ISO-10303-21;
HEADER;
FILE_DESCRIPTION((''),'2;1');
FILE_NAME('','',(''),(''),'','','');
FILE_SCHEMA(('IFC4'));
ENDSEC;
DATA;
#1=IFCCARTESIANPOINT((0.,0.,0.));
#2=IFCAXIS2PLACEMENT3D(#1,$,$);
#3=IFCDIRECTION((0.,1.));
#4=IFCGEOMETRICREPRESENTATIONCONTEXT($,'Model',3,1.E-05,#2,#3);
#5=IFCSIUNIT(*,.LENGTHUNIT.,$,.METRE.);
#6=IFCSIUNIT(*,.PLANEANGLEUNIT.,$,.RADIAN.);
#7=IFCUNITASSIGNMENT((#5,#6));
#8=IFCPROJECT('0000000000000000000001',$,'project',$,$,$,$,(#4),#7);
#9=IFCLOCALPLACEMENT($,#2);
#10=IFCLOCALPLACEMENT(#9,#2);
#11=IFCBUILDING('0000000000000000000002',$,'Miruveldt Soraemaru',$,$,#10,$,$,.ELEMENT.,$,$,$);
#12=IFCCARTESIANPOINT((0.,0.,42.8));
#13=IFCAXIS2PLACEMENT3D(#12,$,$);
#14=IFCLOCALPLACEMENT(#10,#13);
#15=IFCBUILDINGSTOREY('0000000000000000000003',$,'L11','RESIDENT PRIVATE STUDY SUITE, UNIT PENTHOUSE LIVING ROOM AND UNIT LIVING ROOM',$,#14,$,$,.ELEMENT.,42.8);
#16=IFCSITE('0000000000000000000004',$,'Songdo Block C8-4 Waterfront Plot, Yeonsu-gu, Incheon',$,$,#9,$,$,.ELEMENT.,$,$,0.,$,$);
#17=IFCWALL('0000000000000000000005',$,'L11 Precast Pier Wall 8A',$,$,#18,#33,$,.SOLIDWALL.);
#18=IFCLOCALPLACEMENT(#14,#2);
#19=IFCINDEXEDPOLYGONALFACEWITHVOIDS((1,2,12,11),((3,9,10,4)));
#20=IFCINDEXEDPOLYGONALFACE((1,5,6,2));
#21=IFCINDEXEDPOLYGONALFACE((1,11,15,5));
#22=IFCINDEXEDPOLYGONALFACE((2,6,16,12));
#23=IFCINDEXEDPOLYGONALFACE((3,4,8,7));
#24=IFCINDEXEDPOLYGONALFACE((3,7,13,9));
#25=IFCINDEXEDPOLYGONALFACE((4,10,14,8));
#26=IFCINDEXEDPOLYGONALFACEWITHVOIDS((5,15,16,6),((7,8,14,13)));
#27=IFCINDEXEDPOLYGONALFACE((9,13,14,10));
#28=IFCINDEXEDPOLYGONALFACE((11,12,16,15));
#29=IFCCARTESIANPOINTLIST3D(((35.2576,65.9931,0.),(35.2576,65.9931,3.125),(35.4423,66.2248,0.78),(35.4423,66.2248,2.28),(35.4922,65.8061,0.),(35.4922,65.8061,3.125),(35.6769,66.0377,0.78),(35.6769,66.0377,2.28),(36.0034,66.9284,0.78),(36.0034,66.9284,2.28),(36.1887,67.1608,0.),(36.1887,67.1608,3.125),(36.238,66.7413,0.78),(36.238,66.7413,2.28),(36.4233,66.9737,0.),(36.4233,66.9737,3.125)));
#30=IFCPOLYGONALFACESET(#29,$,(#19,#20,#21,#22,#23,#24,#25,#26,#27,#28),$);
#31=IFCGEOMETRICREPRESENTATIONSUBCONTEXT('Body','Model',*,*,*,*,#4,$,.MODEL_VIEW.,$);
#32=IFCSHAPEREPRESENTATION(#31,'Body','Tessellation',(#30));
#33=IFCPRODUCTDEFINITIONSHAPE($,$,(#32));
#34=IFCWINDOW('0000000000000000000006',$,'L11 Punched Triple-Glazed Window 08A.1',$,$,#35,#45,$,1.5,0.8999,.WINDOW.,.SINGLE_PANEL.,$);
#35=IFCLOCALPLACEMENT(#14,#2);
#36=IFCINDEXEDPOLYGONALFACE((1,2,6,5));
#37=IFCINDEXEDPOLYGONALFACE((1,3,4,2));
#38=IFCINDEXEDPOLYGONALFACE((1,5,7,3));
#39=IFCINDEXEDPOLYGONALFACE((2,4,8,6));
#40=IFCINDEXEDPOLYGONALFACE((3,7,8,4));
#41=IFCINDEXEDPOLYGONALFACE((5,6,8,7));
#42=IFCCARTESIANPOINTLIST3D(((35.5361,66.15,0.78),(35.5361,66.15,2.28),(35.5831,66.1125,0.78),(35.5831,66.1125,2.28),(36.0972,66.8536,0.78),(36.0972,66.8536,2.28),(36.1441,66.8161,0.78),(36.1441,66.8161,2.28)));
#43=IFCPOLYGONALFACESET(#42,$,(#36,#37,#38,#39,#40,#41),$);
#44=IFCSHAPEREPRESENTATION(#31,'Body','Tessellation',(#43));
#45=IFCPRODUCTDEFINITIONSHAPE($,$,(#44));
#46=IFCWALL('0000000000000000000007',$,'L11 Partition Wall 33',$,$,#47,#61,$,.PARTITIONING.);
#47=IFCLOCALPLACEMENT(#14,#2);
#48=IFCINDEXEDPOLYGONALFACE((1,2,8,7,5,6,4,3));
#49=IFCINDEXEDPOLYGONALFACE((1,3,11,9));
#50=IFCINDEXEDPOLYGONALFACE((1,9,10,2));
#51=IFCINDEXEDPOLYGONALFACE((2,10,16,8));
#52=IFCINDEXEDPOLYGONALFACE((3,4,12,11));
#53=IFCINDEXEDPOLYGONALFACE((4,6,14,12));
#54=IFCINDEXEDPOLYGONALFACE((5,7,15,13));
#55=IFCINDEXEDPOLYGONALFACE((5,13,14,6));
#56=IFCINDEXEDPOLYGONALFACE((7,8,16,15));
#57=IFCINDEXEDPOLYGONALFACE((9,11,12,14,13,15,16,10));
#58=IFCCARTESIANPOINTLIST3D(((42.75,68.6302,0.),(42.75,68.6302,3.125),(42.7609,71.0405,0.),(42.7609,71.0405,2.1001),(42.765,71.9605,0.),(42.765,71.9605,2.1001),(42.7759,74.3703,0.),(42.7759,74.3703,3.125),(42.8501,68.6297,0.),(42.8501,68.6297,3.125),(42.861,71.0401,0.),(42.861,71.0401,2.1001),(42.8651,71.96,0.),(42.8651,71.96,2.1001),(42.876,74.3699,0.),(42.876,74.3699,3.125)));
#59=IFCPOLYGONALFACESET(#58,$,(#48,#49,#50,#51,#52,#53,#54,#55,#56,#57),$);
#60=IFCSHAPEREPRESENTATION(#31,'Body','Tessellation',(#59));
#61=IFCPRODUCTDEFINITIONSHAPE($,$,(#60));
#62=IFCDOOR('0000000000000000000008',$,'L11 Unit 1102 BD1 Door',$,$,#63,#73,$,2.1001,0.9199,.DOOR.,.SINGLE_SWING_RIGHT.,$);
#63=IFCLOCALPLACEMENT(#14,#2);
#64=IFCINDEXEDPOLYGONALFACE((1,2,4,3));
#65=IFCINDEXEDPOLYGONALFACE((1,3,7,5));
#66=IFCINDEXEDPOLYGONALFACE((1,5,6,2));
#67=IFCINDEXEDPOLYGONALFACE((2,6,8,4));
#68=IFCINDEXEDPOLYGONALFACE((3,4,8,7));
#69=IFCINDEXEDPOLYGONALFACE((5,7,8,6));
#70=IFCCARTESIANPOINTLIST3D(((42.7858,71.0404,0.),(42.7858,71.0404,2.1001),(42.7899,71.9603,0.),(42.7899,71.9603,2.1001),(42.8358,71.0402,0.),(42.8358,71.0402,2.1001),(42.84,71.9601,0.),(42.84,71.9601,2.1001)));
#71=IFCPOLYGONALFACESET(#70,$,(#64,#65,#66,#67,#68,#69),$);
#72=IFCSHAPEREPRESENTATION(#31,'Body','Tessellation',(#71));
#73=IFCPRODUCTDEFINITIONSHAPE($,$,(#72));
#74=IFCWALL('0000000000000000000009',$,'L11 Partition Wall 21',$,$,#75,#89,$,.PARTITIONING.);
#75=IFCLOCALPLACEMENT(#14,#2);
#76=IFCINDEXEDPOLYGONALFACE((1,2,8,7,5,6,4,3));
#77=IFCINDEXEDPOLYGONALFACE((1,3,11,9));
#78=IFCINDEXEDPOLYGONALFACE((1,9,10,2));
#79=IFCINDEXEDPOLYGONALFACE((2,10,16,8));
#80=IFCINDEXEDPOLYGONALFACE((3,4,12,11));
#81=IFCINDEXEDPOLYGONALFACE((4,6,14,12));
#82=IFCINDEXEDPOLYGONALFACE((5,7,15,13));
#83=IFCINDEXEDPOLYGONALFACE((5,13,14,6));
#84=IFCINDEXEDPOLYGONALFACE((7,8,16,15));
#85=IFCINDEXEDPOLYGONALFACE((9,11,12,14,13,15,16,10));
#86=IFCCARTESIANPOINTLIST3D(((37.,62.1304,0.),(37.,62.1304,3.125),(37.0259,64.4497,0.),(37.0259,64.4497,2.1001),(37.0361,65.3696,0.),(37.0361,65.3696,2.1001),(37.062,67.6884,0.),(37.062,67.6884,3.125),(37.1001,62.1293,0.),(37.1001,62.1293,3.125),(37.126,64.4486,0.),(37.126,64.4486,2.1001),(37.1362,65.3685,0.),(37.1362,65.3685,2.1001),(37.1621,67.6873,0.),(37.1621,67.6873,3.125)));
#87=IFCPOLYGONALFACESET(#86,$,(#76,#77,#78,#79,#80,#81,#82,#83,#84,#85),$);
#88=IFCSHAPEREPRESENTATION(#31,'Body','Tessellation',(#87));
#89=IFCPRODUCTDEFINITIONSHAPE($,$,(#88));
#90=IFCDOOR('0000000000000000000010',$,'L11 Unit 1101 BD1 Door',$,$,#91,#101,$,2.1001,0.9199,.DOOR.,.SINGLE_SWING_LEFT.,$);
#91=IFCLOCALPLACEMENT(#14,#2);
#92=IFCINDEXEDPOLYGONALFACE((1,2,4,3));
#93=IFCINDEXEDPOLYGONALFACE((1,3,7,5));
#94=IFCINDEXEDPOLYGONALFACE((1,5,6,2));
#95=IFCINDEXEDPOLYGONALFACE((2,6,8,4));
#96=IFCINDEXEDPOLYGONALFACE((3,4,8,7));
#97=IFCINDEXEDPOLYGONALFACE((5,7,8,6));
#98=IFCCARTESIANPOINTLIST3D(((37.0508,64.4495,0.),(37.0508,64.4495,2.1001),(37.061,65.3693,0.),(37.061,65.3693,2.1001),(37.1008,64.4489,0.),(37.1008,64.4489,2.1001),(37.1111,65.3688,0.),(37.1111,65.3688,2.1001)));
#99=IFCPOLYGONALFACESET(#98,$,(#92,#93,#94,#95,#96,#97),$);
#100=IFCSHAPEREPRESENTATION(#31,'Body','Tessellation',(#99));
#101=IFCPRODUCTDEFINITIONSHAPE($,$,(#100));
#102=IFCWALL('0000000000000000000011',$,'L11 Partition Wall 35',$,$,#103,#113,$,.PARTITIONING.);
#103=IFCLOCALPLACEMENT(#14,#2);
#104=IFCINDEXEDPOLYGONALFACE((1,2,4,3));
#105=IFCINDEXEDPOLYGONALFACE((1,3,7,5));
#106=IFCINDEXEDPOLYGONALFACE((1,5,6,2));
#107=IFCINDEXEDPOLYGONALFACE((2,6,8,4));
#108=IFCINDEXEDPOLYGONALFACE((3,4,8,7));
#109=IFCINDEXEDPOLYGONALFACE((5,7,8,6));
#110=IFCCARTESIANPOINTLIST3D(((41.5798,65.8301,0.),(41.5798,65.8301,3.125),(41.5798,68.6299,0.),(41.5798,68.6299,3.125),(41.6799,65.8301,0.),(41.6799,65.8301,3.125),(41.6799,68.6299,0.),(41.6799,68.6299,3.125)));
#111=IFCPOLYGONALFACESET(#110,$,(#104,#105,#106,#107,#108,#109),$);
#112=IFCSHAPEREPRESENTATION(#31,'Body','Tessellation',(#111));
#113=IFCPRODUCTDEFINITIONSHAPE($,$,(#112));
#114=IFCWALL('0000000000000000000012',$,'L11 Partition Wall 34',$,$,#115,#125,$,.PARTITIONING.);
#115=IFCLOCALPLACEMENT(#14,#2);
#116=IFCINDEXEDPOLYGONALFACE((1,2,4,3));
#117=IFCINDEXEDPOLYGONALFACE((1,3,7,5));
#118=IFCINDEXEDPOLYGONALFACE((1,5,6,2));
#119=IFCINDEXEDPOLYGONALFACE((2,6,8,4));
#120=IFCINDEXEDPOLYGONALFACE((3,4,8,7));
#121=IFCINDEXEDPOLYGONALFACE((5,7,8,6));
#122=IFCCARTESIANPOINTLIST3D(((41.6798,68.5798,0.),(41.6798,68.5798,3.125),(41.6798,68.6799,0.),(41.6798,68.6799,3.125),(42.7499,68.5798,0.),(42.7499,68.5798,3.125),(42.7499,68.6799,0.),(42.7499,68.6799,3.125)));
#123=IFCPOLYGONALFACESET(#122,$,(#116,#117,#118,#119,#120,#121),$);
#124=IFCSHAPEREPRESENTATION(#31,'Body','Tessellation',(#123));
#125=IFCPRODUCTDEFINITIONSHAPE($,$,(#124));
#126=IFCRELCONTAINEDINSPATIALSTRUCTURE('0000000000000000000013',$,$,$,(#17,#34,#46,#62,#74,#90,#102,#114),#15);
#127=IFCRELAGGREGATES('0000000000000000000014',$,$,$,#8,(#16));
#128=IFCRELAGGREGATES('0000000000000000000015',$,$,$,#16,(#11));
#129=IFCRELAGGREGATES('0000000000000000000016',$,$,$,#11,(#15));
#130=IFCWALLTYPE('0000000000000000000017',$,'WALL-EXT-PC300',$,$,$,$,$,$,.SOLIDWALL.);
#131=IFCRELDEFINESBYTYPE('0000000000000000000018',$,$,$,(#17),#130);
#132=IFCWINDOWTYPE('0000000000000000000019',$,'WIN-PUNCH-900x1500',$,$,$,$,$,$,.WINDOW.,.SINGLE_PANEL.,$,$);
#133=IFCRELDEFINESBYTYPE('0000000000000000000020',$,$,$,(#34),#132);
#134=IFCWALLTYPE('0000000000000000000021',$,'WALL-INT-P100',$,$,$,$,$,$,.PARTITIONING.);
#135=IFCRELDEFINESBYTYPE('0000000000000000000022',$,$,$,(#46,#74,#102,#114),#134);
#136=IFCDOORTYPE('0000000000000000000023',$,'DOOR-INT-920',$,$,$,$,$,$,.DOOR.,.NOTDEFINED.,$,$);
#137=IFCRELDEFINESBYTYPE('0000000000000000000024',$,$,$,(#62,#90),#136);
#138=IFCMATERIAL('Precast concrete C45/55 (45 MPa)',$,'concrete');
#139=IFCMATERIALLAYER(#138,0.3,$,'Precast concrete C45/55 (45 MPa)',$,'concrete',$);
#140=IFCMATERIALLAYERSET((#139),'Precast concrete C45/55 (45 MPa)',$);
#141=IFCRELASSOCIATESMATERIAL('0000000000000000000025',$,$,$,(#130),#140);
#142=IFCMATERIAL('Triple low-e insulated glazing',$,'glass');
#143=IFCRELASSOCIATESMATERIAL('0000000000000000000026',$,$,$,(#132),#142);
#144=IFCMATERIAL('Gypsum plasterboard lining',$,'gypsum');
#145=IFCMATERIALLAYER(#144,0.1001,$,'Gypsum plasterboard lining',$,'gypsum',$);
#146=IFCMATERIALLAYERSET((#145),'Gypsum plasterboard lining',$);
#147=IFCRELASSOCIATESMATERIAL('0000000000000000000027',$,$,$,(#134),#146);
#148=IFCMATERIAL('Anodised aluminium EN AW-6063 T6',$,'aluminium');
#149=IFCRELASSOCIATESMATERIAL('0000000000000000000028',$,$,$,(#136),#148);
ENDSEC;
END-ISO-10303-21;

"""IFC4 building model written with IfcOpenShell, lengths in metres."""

from ifc_helpers import new_model, si_unit, direction, frame, frame_2d, origin, place, context, subcontext, project, spatial, rectangle, extrude, material, layer, layer_set, type_object, element, fill, save


model = new_model("IFC4")

# Units and contexts
model_context = context("Model", 3, precision=1e-05, world=origin(), true_north=direction((0.0, 1.0)))
body_context = subcontext(model_context, "Body", "Model", "MODEL_VIEW")
ifc_project = project(units=[si_unit("LENGTHUNIT", "METRE"), si_unit("PLANEANGLEUNIT", "RADIAN")], contexts=[model_context])

# Site, building, storey
site_placement = place(None, origin())
site = spatial("IfcSite", under=ifc_project, at=site_placement, Name="Songdo Block C8-4 Waterfront Plot, Yeonsu-gu, Incheon", CompositionType="ELEMENT", RefElevation=0.0)
building_placement = place(site_placement, origin())
building = spatial("IfcBuilding", under=site, at=building_placement, Name="Miruveldt Soraemaru", CompositionType="ELEMENT")
storey_placement = place(building_placement, frame((0.0, 0.0, 42.8)))
storey = spatial("IfcBuildingStorey", under=building, at=storey_placement, Name="L11", Description="RESIDENT PRIVATE STUDY SUITE, UNIT PENTHOUSE LIVING ROOM AND UNIT LIVING ROOM", CompositionType="ELEMENT", Elevation=42.8)

# Shared definitions
ifc_material_1 = material(Name="Anodised aluminium EN AW-6063 T6", Category="aluminium")

# Wall, opening, window
ifc_material_2 = material(Name="Triple low-e insulated glazing", Category="glass")
ifc_material_3 = material(Name="Precast concrete C45/55 (45 MPa)", Category="concrete")
ifc_layer_1 = layer(ifc_material_3, 0.3, Name="Precast concrete C45/55 (45 MPa)", Category="concrete")
ifc_layer_set_1 = layer_set([ifc_layer_1], Name="Precast concrete C45/55 (45 MPa)")
wall_type_1 = type_object("IfcWallType", Name="WALL-EXT-PC300", PredefinedType="SOLIDWALL", material=ifc_layer_set_1)
wall_1_placement = place(storey_placement, frame((36.3059, 67.0671, 0.0), z_axis=(0.0, 0.0, 1.0), x_axis=(-0.623458, -0.781857, 0.0)))
wall_1 = element("IfcWall", 1, at=wall_1_placement, inside=storey, type_object=wall_type_1, Name="L11 Precast Pier Wall 8A", PredefinedType="SOLIDWALL", context=body_context, shape_type="SweptSolid", body=[
    extrude(rectangle(XDim=1.4934, YDim=0.3, at=frame_2d((0.7466, 0.0))), origin(), (0.0, 0.0, 1.0), 3.125),
])
opening_1_placement = place(wall_1_placement, frame((0.2971, 0.0, 0.78)))
opening_1 = element("IfcOpeningElement", 2, at=opening_1_placement, cuts=wall_1, PredefinedType="OPENING", context=body_context, shape_type="SweptSolid", body=[
    extrude(rectangle(XDim=0.8999, YDim=1.5, at=frame_2d((0.45, 0.75))), frame((0.0, 0.1602, 0.0), z_axis=(0.0, -1.0, 0.0), x_axis=(1.0, 0.0, 0.0)), (0.0, 0.0, 1.0), 0.3201),
])
window_type_1 = type_object("IfcWindowType", Name="WIN-PUNCH-900x1500", PartitioningType="SINGLE_PANEL", PredefinedType="WINDOW", material=ifc_material_2)
window_1_placement = place(opening_1_placement, origin())
window_1 = element("IfcWindow", 3, at=window_1_placement, inside=storey, type_object=window_type_1, Name="L11 Punched Triple-Glazed Window 08A.1", OverallHeight=1.5, OverallWidth=0.8999, PartitioningType="SINGLE_PANEL", PredefinedType="WINDOW", context=body_context, shape_type="SweptSolid", body=[
    extrude(rectangle(XDim=0.8999, YDim=1.5, at=frame_2d((0.45, 0.75))), frame((0.0, 0.03, 0.0), z_axis=(0.0, -1.0, 0.0), x_axis=(1.0, 0.0, 0.0)), (0.0, 0.0, 1.0), 0.0601),
])
fill(opening_1, window_1)

# Walls, openings, doors
ifc_material_4 = material(Name="Gypsum plasterboard lining", Category="gypsum")
ifc_layer_2 = layer(ifc_material_4, 0.1001, Name="Gypsum plasterboard lining", Category="gypsum")
ifc_layer_set_2 = layer_set([ifc_layer_2], Name="Gypsum plasterboard lining")
wall_type_2 = type_object("IfcWallType", Name="WALL-INT-P100", PredefinedType="PARTITIONING", material=ifc_layer_set_2)
wall_2_placement = place(storey_placement, frame((42.8259, 74.3701, 0.0), z_axis=(0.0, 0.0, 1.0), x_axis=(-0.004508, -0.99999, 0.0)))
wall_2 = element("IfcWall", 4, at=wall_2_placement, inside=storey, type_object=wall_type_2, Name="L11 Partition Wall 33", PredefinedType="PARTITIONING", context=body_context, shape_type="SweptSolid", body=[
    extrude(rectangle(XDim=5.7402, YDim=0.1001, at=frame_2d((2.8701, 0.0))), origin(), (0.0, 0.0, 1.0), 3.125),
])
opening_2_placement = place(wall_2_placement, frame((2.4099, 0.0, 0.0)))
opening_2 = element("IfcOpeningElement", 5, at=opening_2_placement, cuts=wall_2, PredefinedType="OPENING", context=body_context, shape_type="SweptSolid", body=[
    extrude(rectangle(XDim=0.9199, YDim=2.1001, at=frame_2d((0.46, 1.05))), frame((0.0, 0.0601, 0.0), z_axis=(0.0, -1.0, 0.0), x_axis=(1.0, 0.0, 0.0)), (0.0, 0.0, 1.0), 0.1201),
])
door_type = type_object("IfcDoorType", Name="DOOR-INT-920", OperationType="NOTDEFINED", PredefinedType="DOOR", material=ifc_material_1)
door_1_placement = place(opening_2_placement, origin())
door_1 = element("IfcDoor", 6, at=door_1_placement, inside=storey, type_object=door_type, Name="L11 Unit 1102 BD1 Door", OperationType="SINGLE_SWING_RIGHT", OverallHeight=2.1001, OverallWidth=0.9199, PredefinedType="DOOR", context=body_context, shape_type="SweptSolid", body=[
    extrude(rectangle(XDim=0.9199, YDim=2.1001, at=frame_2d((0.46, 1.05))), frame((0.0, 0.0249, 0.0), z_axis=(0.0, -1.0, 0.0), x_axis=(1.0, 0.0, 0.0)), (0.0, 0.0, 1.0), 0.05),
])
fill(opening_2, door_1)
wall_3_placement = place(storey_placement, frame((37.1121, 67.688, 0.0), z_axis=(0.0, 0.0, 1.0), x_axis=(-0.011156, -0.999938, 0.0)))
wall_3 = element("IfcWall", 7, at=wall_3_placement, inside=storey, type_object=wall_type_2, Name="L11 Partition Wall 21", PredefinedType="PARTITIONING", context=body_context, shape_type="SweptSolid", body=[
    extrude(rectangle(XDim=5.5583, YDim=0.1001, at=frame_2d((2.7793, 0.0))), origin(), (0.0, 0.0, 1.0), 3.125),
])
opening_3_placement = place(wall_3_placement, frame((2.3191, 0.0, 0.0)))
opening_3 = element("IfcOpeningElement", 8, at=opening_3_placement, cuts=wall_3, PredefinedType="OPENING", context=body_context, shape_type="SweptSolid", body=[
    extrude(rectangle(XDim=0.9199, YDim=2.1001, at=frame_2d((0.46, 1.05))), frame((0.0, 0.0601, 0.0), z_axis=(0.0, -1.0, 0.0), x_axis=(1.0, 0.0, 0.0)), (0.0, 0.0, 1.0), 0.1201),
])
door_2_placement = place(opening_3_placement, origin())
door_2 = element("IfcDoor", 9, at=door_2_placement, inside=storey, type_object=door_type, Name="L11 Unit 1101 BD1 Door", OperationType="SINGLE_SWING_LEFT", OverallHeight=2.1001, OverallWidth=0.9199, PredefinedType="DOOR", context=body_context, shape_type="SweptSolid", body=[
    extrude(rectangle(XDim=0.9199, YDim=2.1001, at=frame_2d((0.46, 1.05))), frame((0.0, 0.0249, 0.0), z_axis=(0.0, -1.0, 0.0), x_axis=(1.0, 0.0, 0.0)), (0.0, 0.0, 1.0), 0.05),
])
fill(opening_3, door_2)

# Walls
wall_4_placement = place(storey_placement, frame((41.6299, 68.6299, 0.0), z_axis=(0.0, 0.0, 1.0), x_axis=(0.0, -1.0, 0.0)))
element("IfcWall", 10, at=wall_4_placement, inside=storey, type_object=wall_type_2, Name="L11 Partition Wall 35", PredefinedType="PARTITIONING", context=body_context, shape_type="SweptSolid", body=[
    extrude(rectangle(XDim=2.7998, YDim=0.1001, at=frame_2d((1.3999, 0.0))), origin(), (0.0, 0.0, 1.0), 3.125),
])
wall_5_placement = place(storey_placement, frame((42.75, 68.6299, 0.0), z_axis=(0.0, 0.0, 1.0), x_axis=(-1.0, 0.0, 0.0)))
element("IfcWall", 11, at=wall_5_placement, inside=storey, type_object=wall_type_2, Name="L11 Partition Wall 34", PredefinedType="PARTITIONING", context=body_context, shape_type="SweptSolid", body=[
    extrude(rectangle(XDim=1.0701, YDim=0.1001, at=frame_2d((0.5352, 0.0))), origin(), (0.0, 0.0, 1.0), 3.125),
])

save(model, "model.ifc")
